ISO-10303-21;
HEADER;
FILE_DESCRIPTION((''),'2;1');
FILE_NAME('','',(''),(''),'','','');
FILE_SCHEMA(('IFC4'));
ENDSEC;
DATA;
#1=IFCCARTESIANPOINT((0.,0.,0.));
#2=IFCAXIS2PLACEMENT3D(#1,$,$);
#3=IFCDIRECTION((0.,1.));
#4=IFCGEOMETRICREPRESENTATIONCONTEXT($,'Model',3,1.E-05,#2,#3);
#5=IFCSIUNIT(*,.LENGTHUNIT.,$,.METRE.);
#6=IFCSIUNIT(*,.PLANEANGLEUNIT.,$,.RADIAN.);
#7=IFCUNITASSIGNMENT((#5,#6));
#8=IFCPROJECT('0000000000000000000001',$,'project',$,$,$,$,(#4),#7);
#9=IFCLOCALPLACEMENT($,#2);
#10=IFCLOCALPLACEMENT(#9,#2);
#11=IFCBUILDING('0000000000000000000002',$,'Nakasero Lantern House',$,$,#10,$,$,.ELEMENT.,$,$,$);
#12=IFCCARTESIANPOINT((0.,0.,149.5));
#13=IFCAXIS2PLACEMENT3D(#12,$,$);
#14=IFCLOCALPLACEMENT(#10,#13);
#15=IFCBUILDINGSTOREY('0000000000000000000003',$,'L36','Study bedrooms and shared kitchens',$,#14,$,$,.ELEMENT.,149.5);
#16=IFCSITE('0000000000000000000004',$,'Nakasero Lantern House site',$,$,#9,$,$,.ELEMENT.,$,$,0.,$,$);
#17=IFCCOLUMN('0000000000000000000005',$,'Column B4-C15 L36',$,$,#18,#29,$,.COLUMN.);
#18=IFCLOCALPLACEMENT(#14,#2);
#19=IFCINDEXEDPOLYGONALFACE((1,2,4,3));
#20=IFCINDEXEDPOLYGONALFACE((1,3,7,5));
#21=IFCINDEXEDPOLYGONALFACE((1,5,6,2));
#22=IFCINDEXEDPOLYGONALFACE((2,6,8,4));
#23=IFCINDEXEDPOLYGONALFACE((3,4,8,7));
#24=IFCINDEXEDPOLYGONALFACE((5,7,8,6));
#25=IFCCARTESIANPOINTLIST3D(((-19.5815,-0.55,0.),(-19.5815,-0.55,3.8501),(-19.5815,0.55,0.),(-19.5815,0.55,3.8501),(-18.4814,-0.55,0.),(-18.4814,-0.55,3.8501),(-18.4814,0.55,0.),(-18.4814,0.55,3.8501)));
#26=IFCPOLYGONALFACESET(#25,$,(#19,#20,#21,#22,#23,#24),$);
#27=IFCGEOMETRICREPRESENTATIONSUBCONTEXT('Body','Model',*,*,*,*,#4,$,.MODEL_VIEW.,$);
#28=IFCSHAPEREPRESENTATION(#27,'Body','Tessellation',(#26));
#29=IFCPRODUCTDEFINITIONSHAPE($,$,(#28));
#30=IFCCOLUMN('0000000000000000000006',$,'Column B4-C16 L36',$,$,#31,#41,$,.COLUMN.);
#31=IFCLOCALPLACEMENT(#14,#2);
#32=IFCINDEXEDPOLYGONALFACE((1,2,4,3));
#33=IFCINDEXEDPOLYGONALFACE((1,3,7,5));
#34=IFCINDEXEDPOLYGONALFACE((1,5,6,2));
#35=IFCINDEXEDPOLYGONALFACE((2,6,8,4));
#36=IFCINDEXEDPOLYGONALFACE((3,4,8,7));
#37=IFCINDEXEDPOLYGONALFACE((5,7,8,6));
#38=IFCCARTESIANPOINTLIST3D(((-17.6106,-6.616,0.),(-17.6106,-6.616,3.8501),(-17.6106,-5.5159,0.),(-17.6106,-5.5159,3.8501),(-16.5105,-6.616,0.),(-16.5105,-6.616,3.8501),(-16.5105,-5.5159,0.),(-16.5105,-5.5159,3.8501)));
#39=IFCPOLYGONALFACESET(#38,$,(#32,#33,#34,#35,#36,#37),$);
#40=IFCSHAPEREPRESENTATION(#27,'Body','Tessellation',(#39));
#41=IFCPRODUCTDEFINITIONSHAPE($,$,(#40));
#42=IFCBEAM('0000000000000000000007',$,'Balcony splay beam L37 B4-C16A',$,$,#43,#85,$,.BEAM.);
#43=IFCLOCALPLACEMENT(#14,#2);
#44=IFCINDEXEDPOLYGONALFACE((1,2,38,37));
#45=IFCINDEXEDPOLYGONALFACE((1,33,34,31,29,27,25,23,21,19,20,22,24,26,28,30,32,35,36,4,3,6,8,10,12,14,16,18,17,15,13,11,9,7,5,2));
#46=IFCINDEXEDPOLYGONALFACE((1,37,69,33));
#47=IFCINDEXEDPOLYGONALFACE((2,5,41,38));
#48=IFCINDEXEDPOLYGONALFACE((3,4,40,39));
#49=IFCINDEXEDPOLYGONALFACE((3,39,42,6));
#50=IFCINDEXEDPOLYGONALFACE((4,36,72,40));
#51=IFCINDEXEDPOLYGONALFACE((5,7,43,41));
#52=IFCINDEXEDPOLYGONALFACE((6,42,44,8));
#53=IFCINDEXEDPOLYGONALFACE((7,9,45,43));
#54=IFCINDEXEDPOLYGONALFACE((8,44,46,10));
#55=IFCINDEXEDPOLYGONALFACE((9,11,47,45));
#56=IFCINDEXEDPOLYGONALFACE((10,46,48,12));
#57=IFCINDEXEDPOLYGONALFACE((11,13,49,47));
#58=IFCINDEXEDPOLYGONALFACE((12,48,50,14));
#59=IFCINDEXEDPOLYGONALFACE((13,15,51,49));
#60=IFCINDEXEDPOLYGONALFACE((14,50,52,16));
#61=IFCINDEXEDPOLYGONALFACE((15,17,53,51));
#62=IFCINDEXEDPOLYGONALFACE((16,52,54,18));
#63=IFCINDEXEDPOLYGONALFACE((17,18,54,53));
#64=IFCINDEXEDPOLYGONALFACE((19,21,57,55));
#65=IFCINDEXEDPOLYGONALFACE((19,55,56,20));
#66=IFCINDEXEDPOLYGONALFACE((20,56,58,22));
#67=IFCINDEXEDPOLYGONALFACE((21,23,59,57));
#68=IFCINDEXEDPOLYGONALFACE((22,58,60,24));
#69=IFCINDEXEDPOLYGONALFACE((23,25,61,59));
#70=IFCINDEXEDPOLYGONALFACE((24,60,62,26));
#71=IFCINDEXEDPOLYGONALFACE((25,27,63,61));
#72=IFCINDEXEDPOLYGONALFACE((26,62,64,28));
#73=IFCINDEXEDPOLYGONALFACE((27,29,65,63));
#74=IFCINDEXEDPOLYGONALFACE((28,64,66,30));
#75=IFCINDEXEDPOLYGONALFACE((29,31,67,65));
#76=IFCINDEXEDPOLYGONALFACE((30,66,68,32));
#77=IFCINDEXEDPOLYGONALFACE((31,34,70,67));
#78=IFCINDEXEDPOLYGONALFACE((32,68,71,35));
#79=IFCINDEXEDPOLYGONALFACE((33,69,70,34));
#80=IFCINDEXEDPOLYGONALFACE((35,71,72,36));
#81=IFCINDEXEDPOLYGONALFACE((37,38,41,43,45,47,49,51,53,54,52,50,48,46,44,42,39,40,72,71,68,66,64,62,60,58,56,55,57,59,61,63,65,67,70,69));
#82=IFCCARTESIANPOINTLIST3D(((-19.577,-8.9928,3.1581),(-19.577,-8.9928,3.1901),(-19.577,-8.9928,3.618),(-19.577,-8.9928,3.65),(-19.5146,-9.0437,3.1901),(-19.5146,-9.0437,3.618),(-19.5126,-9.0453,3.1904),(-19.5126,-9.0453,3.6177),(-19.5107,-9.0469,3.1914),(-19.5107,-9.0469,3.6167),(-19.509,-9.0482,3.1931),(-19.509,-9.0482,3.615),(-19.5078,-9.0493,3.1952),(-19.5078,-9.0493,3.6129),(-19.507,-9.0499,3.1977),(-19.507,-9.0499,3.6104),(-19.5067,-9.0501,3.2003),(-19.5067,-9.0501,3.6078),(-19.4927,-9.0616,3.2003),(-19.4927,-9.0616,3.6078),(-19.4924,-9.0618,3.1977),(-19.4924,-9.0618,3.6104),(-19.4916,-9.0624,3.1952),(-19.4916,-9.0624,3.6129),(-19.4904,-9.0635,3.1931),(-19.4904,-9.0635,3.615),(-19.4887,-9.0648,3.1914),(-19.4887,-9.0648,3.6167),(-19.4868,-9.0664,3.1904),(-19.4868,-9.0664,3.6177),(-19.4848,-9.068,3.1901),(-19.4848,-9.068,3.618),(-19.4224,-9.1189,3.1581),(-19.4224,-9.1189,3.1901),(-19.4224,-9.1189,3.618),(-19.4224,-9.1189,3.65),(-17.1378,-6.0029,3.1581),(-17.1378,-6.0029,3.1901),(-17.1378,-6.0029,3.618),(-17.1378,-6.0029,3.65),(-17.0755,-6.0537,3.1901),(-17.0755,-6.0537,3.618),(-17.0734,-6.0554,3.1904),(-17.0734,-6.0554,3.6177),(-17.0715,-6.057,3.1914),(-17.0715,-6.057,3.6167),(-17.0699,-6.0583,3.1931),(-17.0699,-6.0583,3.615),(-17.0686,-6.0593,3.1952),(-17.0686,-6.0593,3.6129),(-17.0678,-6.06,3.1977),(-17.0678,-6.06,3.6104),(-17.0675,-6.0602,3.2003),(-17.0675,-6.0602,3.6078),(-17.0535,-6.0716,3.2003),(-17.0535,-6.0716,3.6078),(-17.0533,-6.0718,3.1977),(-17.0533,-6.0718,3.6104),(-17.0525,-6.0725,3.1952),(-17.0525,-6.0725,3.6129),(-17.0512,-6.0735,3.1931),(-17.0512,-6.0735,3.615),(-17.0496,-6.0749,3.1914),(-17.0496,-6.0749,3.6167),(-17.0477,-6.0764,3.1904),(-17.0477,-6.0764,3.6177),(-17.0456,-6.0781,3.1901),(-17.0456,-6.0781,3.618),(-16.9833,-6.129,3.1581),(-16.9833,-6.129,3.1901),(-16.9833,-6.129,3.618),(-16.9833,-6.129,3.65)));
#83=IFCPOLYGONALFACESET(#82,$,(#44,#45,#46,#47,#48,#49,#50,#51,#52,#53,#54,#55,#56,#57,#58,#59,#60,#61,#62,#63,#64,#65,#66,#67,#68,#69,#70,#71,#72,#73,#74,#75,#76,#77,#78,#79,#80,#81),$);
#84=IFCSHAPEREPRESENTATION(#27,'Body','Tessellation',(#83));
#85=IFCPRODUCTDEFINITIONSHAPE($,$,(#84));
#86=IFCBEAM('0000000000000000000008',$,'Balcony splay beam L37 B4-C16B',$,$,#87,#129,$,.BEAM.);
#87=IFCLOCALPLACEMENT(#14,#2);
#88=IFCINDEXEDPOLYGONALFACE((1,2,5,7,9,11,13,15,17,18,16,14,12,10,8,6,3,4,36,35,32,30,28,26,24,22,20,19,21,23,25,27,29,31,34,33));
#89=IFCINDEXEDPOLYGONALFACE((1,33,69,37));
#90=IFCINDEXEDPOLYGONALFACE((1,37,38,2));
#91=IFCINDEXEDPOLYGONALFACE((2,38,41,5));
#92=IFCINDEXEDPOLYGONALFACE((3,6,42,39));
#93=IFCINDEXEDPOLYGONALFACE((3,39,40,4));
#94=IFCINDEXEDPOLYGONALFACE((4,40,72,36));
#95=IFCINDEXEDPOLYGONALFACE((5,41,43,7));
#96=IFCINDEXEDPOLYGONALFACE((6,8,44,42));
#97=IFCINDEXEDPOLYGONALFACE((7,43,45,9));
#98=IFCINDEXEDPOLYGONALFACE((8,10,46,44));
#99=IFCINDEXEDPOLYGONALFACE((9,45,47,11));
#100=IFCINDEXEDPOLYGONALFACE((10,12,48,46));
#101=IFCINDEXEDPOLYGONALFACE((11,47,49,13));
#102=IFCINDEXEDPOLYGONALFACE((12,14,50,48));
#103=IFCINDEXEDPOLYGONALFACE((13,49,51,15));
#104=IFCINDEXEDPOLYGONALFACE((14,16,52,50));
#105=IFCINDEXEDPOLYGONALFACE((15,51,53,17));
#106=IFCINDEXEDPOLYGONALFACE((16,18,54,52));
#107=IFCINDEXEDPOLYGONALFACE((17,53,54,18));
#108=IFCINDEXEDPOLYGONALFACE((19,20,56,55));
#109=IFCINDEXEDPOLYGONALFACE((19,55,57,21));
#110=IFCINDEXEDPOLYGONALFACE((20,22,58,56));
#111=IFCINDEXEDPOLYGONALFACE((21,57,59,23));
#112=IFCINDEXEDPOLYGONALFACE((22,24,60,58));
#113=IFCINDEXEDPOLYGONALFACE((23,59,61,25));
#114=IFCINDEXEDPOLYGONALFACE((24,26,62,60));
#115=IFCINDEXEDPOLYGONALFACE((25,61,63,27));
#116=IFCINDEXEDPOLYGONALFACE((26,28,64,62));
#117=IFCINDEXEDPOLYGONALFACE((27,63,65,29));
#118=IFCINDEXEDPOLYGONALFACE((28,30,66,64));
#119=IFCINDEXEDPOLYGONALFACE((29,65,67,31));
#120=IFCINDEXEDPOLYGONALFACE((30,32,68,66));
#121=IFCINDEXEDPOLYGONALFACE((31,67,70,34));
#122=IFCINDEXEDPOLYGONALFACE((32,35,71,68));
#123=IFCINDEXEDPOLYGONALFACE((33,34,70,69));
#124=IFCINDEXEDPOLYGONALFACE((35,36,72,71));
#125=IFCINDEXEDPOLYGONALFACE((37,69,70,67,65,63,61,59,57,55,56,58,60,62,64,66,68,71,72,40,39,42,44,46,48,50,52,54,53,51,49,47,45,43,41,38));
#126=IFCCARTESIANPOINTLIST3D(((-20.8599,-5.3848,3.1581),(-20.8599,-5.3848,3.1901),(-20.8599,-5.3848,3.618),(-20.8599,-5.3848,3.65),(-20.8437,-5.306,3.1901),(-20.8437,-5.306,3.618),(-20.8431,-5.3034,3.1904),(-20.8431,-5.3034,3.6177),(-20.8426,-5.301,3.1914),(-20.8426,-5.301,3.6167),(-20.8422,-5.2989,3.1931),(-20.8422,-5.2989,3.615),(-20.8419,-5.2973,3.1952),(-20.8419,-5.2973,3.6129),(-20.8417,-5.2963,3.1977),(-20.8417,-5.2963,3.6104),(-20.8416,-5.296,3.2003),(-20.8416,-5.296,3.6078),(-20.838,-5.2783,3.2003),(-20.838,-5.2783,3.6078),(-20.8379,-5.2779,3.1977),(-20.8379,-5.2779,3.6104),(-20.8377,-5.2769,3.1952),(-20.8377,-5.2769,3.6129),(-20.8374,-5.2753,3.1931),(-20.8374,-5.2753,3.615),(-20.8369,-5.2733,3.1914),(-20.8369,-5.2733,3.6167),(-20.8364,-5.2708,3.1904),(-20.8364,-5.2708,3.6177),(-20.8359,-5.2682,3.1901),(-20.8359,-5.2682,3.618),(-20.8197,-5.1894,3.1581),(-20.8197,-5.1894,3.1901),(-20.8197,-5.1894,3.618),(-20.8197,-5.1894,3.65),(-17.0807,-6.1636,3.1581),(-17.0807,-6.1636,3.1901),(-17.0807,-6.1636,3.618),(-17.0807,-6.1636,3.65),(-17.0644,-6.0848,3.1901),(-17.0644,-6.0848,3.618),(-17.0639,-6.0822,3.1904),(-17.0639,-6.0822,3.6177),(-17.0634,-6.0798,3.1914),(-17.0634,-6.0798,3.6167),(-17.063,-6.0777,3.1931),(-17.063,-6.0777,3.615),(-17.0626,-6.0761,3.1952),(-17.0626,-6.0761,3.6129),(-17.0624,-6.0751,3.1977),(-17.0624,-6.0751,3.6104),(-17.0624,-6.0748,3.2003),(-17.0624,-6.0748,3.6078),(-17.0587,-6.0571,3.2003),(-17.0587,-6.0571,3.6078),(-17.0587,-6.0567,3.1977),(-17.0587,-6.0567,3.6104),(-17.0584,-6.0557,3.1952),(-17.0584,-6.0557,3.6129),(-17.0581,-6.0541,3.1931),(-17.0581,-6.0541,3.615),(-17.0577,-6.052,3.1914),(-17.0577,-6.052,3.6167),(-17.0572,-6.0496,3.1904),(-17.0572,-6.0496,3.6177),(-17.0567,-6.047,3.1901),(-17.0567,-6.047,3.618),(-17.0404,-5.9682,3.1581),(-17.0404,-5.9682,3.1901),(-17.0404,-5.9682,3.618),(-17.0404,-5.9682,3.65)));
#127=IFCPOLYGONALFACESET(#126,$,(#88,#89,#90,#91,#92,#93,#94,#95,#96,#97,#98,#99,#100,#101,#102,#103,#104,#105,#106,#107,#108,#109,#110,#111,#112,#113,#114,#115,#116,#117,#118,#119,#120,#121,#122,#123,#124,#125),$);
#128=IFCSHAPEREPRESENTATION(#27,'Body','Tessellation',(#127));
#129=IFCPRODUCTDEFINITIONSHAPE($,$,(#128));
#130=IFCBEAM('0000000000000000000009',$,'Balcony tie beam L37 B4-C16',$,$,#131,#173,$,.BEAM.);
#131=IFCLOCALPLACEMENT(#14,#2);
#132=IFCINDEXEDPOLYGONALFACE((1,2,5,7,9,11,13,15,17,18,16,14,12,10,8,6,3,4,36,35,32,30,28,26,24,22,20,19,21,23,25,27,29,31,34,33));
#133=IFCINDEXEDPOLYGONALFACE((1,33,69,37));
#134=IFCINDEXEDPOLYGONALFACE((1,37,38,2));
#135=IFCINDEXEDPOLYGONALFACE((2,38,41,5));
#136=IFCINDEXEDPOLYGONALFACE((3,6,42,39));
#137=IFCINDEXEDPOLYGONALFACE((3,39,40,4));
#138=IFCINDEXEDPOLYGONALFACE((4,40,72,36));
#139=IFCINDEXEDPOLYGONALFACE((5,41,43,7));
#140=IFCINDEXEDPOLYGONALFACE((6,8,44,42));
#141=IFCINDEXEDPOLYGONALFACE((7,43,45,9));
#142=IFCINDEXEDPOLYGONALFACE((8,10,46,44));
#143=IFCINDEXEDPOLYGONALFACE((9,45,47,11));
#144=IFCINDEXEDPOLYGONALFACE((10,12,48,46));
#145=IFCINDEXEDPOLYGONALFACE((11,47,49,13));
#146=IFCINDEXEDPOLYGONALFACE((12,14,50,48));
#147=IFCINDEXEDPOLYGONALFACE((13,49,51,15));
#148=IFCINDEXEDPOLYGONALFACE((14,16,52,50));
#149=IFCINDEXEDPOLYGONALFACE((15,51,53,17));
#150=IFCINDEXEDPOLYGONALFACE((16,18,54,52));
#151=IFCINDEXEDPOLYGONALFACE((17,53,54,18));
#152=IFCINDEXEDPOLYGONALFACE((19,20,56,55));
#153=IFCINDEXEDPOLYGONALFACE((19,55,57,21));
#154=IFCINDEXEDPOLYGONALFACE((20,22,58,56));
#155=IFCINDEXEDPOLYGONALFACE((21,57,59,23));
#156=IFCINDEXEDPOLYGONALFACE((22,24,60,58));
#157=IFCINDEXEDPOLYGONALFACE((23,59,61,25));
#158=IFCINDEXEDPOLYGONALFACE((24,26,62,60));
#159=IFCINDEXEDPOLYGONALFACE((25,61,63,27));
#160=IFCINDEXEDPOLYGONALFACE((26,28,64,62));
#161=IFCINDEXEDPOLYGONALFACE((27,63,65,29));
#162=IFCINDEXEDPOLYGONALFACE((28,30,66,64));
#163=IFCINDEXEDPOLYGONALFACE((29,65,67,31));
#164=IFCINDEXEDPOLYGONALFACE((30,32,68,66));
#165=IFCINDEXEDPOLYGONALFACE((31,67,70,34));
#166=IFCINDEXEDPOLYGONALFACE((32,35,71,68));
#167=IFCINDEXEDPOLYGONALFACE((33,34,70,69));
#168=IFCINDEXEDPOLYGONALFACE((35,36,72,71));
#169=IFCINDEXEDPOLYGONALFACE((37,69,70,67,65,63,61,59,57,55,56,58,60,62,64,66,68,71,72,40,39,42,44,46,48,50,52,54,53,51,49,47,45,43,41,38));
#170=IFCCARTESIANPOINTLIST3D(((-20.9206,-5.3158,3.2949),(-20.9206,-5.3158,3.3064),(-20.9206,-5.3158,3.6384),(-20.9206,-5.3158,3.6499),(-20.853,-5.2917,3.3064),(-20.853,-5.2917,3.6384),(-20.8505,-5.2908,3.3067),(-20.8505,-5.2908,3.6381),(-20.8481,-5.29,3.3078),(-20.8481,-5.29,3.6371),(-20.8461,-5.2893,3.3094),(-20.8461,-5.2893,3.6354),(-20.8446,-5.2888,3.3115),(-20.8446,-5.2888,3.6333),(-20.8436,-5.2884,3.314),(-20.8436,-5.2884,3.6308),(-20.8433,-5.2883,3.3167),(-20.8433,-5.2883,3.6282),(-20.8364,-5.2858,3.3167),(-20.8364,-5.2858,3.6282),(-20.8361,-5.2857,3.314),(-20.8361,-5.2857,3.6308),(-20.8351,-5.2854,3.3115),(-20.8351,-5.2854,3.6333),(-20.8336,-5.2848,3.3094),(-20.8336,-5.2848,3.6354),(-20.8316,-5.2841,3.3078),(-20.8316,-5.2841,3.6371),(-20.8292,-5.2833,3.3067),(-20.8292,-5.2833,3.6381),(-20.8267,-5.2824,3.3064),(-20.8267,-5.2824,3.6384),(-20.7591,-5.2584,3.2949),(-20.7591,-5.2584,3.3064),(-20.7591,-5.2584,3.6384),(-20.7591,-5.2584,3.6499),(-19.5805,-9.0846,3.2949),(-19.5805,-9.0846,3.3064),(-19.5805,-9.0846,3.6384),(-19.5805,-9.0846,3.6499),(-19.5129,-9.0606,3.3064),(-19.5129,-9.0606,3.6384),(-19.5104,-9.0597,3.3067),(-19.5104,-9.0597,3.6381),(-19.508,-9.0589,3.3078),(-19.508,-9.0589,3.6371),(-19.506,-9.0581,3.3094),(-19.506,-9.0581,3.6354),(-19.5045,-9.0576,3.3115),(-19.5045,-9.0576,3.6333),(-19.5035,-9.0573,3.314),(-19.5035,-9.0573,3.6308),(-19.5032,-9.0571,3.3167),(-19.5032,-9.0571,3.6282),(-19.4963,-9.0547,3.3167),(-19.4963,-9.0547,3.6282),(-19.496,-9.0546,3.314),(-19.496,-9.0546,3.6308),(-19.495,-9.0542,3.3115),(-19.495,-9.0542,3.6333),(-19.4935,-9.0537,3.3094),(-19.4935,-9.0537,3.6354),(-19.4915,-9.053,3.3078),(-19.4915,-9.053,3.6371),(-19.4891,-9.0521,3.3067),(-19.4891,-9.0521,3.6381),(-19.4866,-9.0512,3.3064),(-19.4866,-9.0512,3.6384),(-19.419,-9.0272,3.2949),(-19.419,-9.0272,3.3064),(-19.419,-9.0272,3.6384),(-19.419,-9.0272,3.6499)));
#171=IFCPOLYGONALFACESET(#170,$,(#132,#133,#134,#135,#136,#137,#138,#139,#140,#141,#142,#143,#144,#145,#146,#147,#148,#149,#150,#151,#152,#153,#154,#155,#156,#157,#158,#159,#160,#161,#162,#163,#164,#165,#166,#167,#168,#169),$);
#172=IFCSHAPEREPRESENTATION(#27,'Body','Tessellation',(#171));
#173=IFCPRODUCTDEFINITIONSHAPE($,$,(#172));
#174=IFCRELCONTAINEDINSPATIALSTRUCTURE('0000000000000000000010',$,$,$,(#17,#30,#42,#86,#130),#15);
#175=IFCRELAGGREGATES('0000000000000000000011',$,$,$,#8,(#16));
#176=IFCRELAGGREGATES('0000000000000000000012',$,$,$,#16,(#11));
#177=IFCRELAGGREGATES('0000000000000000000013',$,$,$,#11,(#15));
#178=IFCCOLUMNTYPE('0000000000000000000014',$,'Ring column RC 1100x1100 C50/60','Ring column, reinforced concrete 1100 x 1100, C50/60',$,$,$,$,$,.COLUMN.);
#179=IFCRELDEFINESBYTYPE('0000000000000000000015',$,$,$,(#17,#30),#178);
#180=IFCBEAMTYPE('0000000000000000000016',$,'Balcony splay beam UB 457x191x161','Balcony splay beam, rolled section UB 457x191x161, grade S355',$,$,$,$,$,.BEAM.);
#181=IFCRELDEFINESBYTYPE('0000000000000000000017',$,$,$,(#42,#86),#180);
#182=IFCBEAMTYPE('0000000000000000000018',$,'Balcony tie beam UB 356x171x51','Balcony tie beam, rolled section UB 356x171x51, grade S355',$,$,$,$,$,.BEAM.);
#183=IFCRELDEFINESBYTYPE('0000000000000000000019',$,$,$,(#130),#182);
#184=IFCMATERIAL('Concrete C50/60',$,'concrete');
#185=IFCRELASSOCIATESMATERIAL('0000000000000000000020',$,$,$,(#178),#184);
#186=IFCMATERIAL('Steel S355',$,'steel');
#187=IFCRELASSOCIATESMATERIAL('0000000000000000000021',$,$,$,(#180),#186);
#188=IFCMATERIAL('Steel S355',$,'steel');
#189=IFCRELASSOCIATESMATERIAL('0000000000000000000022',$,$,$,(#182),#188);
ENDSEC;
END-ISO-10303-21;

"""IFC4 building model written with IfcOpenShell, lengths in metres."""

from ifc_helpers import new_model, si_unit, direction, frame, origin, origin_2d, place, context, subcontext, project, spatial, rectangle, i_section, extrude, material, material_profile, profile_set, type_object, element, save


model = new_model("IFC4")

# Units and contexts
model_context = context("Model", 3, precision=1e-05, world=origin(), true_north=direction((0.0, 1.0)))
body_context = subcontext(model_context, "Body", "Model", "MODEL_VIEW")
ifc_project = project(units=[si_unit("LENGTHUNIT", "METRE"), si_unit("PLANEANGLEUNIT", "RADIAN")], contexts=[model_context])

# Site, building, storey
site_placement = place(None, origin())
site = spatial("IfcSite", under=ifc_project, at=site_placement, Name="Nakasero Lantern House site", CompositionType="ELEMENT", RefElevation=0.0)
building_placement = place(site_placement, origin())
building = spatial("IfcBuilding", under=site, at=building_placement, Name="Nakasero Lantern House", CompositionType="ELEMENT")
storey_placement = place(building_placement, frame((0.0, 0.0, 149.5)))
storey = spatial("IfcBuildingStorey", under=building, at=storey_placement, Name="L36", Description="Study bedrooms and shared kitchens", CompositionType="ELEMENT", Elevation=149.5)

# Columns
ifc_material_1 = material(Name="Concrete C50/60", Category="concrete")
ifc_material_profile_1 = material_profile(ifc_material_1, rectangle(XDim=1.1001, YDim=1.1001, at=origin_2d()), Name="RC 1100x1100")
ifc_profile_set_1 = profile_set([ifc_material_profile_1], Name="Concrete C50/60")
column_type = type_object("IfcColumnType", Name="Ring column RC 1100x1100 C50/60", Description="Ring column, reinforced concrete 1100 x 1100, C50/60", PredefinedType="COLUMN", material=ifc_profile_set_1)
for number, where, z_axis, x_axis, name in (
    (1, (-19.0315, 0.0, 0.0), (0.0, 0.0, 1.0), (1.0, 0.0, 0.0), "Column B4-C15 L36"),
    (2, (-17.0605, -6.0659, 0.0), (0.0, 0.0, 1.0), (1.0, 0.0, 0.0), "Column B4-C16 L36"),
):
    element("IfcColumn", number, at=place(storey_placement, frame(where, z_axis=z_axis, x_axis=x_axis)), inside=storey, type_object=column_type, Name=name, PredefinedType="COLUMN", context=body_context, shape_type="SweptSolid", body=[
        extrude(rectangle(XDim=1.1001, YDim=1.1001, at=origin_2d()), origin(), (0.0, 0.0, 1.0), 3.8501),
    ])

# Beams
ifc_material_2 = material(Name="Steel S355", Category="steel")
ifc_material_profile_2 = material_profile(ifc_material_2, i_section(OverallWidth=0.1995, OverallDepth=0.4919, WebThickness=0.0181, FlangeThickness=0.032, FilletRadius=0.0103, at=origin_2d()), Name="UB 457x191x161")
ifc_profile_set_2 = profile_set([ifc_material_profile_2], Name="Steel S355")
beam_type_1 = type_object("IfcBeamType", Name="Balcony splay beam UB 457x191x161", Description="Balcony splay beam, rolled section UB 457x191x161, grade S355", PredefinedType="BEAM", material=ifc_profile_set_2)
for number, where, z_axis, x_axis, name in (
    (3, (-17.0605, -6.0659, 3.4041), (-0.632128, -0.774864, 0.0), (0.774864, -0.632128, 0.0), "Balcony splay beam L37 B4-C16A"),
    (4, (-17.0605, -6.0659, 3.4041), (-0.97942, 0.201831, 0.0), (-0.201831, -0.97942, 0.0), "Balcony splay beam L37 B4-C16B"),
):
    element("IfcBeam", number, at=place(storey_placement, frame(where, z_axis=z_axis, x_axis=x_axis)), inside=storey, type_object=beam_type_1, Name=name, PredefinedType="BEAM", context=body_context, shape_type="SweptSolid", body=[
        extrude(i_section(OverallWidth=0.1995, OverallDepth=0.4919, WebThickness=0.0181, FlangeThickness=0.032, FilletRadius=0.0103, at=origin_2d()), origin(), (0.0, 0.0, 1.0), 3.8586),
    ])
ifc_material_3 = material(Name="Steel S355", Category="steel")
ifc_material_profile_3 = material_profile(ifc_material_3, i_section(OverallWidth=0.1714, OverallDepth=0.355, WebThickness=0.0073, FlangeThickness=0.0115, FilletRadius=0.0103, at=origin_2d()), Name="UB 356x171x51")
ifc_profile_set_3 = profile_set([ifc_material_profile_3], Name="Steel S355")
beam_type_2 = type_object("IfcBeamType", Name="Balcony tie beam UB 356x171x51", Description="Balcony tie beam, rolled section UB 356x171x51, grade S355", PredefinedType="BEAM", material=ifc_profile_set_3)
beam_1_placement = place(storey_placement, frame((-19.4998, -9.0559, 3.4724), z_axis=(-0.335025, 0.942209, 0.0), x_axis=(-0.942209, -0.335025, 0.0)))
element("IfcBeam", 5, at=beam_1_placement, inside=storey, type_object=beam_type_2, Name="Balcony tie beam L37 B4-C16", PredefinedType="BEAM", context=body_context, shape_type="SweptSolid", body=[
    extrude(i_section(OverallWidth=0.1714, OverallDepth=0.355, WebThickness=0.0073, FlangeThickness=0.0115, FilletRadius=0.0103, at=origin_2d()), origin(), (0.0, 0.0, 1.0), 4.0),
])

save(model, "model.ifc")
